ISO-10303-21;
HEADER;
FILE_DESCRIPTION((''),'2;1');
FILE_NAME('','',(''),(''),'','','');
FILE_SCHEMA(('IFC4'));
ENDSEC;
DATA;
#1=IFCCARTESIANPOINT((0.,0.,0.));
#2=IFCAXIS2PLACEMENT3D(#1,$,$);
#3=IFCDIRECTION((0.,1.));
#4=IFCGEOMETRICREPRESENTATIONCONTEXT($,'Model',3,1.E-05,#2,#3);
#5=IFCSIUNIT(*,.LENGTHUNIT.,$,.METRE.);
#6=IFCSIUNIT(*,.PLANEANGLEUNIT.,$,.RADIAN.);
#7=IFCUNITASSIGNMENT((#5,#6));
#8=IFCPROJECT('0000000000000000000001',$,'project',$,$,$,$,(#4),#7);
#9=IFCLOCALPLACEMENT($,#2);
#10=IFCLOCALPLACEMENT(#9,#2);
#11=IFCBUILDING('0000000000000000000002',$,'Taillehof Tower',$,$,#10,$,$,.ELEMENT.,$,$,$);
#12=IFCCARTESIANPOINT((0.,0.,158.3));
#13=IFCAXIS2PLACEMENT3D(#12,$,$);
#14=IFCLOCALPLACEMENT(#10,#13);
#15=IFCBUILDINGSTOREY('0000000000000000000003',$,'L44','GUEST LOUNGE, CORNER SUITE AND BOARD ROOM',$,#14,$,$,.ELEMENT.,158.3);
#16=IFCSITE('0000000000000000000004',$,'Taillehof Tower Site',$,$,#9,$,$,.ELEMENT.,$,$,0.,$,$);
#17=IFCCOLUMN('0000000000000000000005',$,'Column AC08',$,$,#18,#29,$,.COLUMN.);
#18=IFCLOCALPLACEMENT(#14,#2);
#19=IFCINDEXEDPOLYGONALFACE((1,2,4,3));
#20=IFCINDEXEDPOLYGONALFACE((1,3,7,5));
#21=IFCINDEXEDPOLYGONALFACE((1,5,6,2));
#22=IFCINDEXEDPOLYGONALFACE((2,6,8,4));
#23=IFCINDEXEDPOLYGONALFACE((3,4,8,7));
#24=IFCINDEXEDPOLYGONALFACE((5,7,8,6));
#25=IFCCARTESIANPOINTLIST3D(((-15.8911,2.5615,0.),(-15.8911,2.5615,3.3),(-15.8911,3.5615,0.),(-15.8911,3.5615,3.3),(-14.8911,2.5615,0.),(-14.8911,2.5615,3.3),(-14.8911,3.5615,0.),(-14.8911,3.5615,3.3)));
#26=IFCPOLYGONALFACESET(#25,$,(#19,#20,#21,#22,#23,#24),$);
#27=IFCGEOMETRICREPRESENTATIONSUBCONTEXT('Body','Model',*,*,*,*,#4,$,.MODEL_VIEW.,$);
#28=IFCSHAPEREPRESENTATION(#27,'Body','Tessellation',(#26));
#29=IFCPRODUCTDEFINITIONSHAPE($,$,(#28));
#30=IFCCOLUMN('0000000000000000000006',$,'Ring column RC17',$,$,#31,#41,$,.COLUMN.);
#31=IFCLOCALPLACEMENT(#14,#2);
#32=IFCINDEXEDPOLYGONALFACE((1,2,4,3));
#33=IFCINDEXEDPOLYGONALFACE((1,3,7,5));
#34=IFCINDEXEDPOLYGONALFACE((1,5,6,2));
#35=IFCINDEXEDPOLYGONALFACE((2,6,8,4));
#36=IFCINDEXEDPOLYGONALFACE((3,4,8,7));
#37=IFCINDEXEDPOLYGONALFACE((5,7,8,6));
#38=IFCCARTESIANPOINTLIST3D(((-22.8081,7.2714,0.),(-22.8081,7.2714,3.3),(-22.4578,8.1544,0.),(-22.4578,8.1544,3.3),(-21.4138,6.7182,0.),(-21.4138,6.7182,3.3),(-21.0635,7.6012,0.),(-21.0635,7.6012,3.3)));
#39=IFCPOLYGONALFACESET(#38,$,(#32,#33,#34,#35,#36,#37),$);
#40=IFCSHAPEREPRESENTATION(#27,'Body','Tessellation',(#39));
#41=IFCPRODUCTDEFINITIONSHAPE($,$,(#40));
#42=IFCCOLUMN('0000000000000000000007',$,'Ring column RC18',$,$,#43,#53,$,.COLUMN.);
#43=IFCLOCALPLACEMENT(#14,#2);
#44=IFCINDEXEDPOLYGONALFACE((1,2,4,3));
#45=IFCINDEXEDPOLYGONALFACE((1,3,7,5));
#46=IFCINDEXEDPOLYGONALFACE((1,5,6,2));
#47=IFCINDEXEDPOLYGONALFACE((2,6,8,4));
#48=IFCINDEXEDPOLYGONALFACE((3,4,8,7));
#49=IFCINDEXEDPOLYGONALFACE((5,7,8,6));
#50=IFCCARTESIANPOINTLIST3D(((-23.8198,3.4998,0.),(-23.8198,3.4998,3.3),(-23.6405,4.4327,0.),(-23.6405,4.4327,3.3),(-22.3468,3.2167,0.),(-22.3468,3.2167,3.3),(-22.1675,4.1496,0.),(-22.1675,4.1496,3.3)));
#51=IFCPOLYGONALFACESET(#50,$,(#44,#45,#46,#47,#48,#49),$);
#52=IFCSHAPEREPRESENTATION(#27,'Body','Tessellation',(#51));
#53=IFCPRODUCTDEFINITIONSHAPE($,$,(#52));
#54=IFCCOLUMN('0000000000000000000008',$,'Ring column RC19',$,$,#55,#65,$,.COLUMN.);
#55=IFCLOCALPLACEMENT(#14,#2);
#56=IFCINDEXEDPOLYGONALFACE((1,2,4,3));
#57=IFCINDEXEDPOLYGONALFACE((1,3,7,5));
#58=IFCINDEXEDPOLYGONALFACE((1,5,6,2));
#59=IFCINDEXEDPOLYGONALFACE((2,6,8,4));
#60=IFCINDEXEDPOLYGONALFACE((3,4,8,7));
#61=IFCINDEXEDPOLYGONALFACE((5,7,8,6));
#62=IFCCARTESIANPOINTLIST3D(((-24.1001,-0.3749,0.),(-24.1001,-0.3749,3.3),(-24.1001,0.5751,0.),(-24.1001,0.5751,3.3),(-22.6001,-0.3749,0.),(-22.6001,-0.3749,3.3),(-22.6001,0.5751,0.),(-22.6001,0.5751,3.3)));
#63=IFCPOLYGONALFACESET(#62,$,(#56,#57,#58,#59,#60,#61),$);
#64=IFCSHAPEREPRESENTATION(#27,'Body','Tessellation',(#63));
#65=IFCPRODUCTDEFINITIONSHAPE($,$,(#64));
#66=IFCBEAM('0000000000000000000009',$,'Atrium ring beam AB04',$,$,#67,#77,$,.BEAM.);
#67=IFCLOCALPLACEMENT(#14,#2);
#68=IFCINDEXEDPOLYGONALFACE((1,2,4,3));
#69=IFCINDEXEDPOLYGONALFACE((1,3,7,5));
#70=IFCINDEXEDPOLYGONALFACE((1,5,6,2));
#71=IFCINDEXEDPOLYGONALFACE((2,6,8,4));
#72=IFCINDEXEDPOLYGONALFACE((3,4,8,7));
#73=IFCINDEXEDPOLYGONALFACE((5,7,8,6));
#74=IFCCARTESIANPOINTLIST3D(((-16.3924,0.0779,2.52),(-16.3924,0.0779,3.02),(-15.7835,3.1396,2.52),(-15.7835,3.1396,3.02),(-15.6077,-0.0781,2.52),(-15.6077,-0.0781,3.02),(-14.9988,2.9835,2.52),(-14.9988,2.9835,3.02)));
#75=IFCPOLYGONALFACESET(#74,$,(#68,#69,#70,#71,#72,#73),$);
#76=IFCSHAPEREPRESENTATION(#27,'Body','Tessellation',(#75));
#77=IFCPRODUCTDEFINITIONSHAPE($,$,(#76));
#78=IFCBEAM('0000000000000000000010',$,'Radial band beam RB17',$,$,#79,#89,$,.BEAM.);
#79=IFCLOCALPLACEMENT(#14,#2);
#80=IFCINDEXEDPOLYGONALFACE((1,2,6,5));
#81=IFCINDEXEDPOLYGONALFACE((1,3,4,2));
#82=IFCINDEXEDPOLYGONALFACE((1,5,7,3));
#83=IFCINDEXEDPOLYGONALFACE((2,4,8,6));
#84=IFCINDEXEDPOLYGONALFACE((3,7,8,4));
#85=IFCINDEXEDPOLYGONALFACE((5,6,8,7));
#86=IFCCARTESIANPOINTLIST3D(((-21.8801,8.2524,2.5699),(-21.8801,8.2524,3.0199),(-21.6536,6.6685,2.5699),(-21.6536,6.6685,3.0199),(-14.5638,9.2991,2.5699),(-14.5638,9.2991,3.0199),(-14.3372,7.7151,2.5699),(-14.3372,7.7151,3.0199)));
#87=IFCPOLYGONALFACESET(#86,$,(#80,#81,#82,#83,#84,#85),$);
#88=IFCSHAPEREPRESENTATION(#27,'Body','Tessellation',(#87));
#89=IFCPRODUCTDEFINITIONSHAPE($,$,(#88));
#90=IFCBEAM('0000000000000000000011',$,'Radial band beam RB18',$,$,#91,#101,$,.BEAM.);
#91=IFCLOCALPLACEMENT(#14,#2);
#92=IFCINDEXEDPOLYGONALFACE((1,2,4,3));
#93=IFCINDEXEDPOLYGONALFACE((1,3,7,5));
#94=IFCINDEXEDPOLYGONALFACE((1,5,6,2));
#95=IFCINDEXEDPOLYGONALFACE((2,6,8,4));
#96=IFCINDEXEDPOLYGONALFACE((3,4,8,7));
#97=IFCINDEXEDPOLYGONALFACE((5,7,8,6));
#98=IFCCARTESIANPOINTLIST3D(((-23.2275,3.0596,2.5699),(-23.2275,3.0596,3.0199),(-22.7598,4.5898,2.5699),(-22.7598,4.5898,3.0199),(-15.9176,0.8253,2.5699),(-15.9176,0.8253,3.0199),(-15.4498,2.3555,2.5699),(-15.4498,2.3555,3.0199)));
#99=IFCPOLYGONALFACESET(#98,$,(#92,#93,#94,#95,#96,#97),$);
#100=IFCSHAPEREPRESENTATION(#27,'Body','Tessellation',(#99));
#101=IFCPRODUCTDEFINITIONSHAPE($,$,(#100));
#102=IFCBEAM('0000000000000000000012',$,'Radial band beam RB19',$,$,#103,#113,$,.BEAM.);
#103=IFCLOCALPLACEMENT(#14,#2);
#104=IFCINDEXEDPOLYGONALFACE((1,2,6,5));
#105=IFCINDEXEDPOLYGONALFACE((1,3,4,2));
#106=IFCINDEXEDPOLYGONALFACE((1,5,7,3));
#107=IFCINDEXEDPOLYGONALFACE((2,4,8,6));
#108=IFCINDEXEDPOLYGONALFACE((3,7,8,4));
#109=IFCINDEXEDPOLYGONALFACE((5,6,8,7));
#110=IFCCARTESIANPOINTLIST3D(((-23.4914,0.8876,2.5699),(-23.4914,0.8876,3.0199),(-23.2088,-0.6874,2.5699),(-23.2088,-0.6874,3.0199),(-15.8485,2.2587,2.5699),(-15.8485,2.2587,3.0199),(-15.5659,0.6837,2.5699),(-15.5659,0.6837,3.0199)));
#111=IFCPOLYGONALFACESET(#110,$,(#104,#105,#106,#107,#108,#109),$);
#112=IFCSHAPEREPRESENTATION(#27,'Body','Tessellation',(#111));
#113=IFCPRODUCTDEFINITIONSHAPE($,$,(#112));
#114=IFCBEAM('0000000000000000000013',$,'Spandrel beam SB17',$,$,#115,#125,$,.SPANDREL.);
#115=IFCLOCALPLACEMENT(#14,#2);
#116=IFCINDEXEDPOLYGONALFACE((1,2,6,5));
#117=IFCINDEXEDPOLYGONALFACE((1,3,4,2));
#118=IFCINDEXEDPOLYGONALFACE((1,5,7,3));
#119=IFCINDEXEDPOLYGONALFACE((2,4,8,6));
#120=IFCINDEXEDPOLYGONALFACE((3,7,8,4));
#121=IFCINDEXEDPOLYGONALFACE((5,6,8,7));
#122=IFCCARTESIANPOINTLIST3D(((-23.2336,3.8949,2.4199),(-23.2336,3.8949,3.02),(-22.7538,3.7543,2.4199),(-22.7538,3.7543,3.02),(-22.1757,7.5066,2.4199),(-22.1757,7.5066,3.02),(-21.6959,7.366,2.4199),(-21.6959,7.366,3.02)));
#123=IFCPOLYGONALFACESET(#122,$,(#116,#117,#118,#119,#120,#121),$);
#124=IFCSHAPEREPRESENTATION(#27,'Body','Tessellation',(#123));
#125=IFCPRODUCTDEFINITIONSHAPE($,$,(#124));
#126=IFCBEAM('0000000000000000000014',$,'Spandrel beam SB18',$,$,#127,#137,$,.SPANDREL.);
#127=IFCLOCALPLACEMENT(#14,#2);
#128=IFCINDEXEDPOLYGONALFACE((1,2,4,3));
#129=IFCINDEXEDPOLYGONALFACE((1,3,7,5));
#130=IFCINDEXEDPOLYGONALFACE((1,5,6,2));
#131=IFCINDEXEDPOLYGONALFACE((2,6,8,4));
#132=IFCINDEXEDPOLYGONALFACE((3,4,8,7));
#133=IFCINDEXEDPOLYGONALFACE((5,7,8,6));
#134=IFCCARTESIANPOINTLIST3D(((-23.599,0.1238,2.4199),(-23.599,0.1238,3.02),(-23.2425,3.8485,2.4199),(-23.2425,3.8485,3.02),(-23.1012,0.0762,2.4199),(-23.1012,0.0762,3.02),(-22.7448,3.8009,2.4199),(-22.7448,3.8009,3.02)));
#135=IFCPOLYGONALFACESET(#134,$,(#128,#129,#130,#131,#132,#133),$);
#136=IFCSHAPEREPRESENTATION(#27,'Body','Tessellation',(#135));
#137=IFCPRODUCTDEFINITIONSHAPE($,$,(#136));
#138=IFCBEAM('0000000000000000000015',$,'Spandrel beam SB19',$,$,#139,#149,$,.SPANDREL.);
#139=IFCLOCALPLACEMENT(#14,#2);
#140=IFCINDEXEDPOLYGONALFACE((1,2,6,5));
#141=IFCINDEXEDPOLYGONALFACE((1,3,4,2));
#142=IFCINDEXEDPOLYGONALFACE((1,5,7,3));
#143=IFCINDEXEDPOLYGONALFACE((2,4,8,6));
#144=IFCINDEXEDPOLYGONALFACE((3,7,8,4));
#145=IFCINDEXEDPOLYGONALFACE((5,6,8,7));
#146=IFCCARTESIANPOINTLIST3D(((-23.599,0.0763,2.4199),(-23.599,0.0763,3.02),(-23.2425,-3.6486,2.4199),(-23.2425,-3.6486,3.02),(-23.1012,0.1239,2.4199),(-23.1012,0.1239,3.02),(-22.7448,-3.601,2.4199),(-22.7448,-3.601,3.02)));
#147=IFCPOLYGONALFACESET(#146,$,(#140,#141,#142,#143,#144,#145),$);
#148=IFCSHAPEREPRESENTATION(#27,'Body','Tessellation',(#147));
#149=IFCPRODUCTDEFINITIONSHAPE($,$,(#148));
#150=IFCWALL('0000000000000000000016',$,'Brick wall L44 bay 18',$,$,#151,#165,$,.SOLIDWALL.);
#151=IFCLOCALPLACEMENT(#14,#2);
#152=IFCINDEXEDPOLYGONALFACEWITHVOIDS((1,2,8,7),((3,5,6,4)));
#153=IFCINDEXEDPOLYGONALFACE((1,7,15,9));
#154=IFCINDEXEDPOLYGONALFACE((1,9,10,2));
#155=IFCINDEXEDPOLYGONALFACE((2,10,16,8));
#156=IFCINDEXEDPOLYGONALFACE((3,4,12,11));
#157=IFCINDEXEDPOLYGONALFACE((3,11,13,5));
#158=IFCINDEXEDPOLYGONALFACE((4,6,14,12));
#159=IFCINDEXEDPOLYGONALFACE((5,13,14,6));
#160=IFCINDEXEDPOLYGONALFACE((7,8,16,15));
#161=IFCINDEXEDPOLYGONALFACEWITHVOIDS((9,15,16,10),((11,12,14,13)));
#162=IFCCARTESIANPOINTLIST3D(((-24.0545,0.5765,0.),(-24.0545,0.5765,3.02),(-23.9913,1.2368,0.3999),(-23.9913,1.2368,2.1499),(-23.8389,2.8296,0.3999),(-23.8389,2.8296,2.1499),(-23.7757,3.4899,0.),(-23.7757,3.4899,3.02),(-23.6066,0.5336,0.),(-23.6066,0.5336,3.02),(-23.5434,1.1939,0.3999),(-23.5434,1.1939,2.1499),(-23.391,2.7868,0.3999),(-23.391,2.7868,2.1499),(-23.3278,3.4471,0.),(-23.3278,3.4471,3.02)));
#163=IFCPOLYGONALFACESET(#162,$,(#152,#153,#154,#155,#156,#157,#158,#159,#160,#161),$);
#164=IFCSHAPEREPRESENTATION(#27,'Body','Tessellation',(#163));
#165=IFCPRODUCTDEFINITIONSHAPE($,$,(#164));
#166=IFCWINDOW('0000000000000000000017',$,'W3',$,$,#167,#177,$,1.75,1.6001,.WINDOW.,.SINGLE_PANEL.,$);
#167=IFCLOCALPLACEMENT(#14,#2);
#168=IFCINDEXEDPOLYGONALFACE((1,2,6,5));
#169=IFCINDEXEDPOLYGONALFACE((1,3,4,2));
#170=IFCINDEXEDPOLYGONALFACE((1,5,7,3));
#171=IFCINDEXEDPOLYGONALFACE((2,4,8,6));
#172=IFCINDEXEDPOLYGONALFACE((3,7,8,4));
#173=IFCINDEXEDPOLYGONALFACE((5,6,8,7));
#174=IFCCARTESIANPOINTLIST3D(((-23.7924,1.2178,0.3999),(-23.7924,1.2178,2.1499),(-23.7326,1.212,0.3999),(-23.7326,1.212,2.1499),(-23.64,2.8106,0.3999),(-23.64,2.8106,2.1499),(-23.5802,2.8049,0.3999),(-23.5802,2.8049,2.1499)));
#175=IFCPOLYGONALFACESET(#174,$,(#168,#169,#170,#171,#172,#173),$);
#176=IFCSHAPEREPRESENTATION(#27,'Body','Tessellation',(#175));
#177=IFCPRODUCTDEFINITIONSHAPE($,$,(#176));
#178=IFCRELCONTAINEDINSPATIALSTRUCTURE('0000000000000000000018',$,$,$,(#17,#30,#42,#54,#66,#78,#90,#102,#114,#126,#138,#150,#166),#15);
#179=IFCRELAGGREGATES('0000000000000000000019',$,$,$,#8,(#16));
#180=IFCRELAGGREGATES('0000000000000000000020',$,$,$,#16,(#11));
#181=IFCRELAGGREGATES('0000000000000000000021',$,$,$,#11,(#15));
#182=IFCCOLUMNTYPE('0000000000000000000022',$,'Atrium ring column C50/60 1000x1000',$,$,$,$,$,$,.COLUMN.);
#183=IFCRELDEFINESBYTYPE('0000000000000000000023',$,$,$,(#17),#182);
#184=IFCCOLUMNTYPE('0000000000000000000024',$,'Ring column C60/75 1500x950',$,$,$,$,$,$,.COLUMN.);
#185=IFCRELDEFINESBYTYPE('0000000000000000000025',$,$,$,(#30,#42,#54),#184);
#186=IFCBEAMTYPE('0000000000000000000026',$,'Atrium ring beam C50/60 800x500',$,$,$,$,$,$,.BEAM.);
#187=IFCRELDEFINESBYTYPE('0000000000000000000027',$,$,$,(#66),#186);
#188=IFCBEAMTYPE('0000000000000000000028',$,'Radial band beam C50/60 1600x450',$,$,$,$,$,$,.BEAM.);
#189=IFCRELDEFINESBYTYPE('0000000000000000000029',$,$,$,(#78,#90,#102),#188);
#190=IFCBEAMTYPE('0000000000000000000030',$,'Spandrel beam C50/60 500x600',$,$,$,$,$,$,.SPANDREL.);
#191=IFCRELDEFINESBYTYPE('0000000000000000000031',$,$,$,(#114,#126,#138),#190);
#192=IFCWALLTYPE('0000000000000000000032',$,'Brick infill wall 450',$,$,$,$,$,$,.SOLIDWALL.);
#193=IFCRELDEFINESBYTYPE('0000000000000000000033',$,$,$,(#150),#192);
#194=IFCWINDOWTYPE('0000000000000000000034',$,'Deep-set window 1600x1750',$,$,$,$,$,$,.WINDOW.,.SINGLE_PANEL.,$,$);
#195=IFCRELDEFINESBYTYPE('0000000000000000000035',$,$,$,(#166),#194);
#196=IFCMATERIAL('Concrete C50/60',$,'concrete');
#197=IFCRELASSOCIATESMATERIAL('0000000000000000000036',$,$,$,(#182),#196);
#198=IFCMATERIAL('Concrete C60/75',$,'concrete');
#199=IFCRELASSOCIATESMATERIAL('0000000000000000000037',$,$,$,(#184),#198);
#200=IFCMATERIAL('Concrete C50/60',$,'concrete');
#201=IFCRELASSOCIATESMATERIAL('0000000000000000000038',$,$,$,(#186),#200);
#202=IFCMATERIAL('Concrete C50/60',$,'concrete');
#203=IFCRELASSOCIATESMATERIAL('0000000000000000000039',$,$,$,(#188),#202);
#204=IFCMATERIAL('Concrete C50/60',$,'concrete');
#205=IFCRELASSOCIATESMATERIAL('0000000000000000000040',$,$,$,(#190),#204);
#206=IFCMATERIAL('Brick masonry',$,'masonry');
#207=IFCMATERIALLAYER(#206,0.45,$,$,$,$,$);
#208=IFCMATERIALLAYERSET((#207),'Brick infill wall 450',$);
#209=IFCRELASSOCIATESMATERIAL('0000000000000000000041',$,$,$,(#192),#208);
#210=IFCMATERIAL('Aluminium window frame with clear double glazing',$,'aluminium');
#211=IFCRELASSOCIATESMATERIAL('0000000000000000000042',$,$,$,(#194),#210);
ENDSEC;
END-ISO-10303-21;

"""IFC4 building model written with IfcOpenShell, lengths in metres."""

from ifc_helpers import new_model, si_unit, direction, frame, frame_2d, origin, origin_2d, place, context, subcontext, project, spatial, rectangle, extrude, material, layer, layer_set, material_profile, profile_set, type_object, element, fill, save


model = new_model("IFC4")

# Units and contexts
model_context = context("Model", 3, precision=1e-05, world=origin(), true_north=direction((0.0, 1.0)))
body_context = subcontext(model_context, "Body", "Model", "MODEL_VIEW")
ifc_project = project(units=[si_unit("LENGTHUNIT", "METRE"), si_unit("PLANEANGLEUNIT", "RADIAN")], contexts=[model_context])

# Site, building, storey
site_placement = place(None, origin())
site = spatial("IfcSite", under=ifc_project, at=site_placement, Name="Taillehof Tower Site", CompositionType="ELEMENT", RefElevation=0.0)
building_placement = place(site_placement, origin())
building = spatial("IfcBuilding", under=site, at=building_placement, Name="Taillehof Tower", CompositionType="ELEMENT")
storey_placement = place(building_placement, frame((0.0, 0.0, 158.3)))
storey = spatial("IfcBuildingStorey", under=building, at=storey_placement, Name="L44", Description="GUEST LOUNGE, CORNER SUITE AND BOARD ROOM", CompositionType="ELEMENT", Elevation=158.3)

# Columns
ifc_material_1 = material(Name="Concrete C50/60", Category="concrete")
ifc_material_profile_1 = material_profile(ifc_material_1, rectangle(XDim=1.0, YDim=1.0, at=origin_2d()), Name="RC 1000x1000")
ifc_profile_set_1 = profile_set([ifc_material_profile_1], Name="Concrete C50/60")
column_type_1 = type_object("IfcColumnType", Name="Atrium ring column C50/60 1000x1000", PredefinedType="COLUMN", material=ifc_profile_set_1)
column_placement = place(storey_placement, frame((-15.3911, 3.0615, 0.0), z_axis=(0.0, 0.0, 1.0), x_axis=(1.0, 0.0, 0.0)))
element("IfcColumn", 1, at=column_placement, inside=storey, type_object=column_type_1, Name="Column AC08", PredefinedType="COLUMN", context=body_context, shape_type="SweptSolid", body=[
    extrude(rectangle(XDim=1.0, YDim=1.0, at=origin_2d()), origin(), (0.0, 0.0, 1.0), 3.3),
])
ifc_material_2 = material(Name="Concrete C60/75", Category="concrete")
ifc_material_profile_2 = material_profile(ifc_material_2, rectangle(XDim=1.5, YDim=0.95, at=origin_2d()), Name="RC 1500x950")
ifc_profile_set_2 = profile_set([ifc_material_profile_2], Name="Concrete C60/75")
column_type_2 = type_object("IfcColumnType", Name="Ring column C60/75 1500x950", PredefinedType="COLUMN", material=ifc_profile_set_2)
for number, where, z_axis, x_axis, name in (
    (2, (-21.9358, 7.4363, 0.0), (0.0, 0.0, 1.0), (-0.929511, 0.368793, 0.0), "Ring column RC17"),
    (3, (-22.9937, 3.8247, 0.0), (0.0, 0.0, 1.0), (-0.982024, 0.188757, 0.0), "Ring column RC18"),
    (4, (-23.3501, 0.1001, 0.0), (0.0, 0.0, 1.0), (-1.0, 0.0, 0.0), "Ring column RC19"),
):
    element("IfcColumn", number, at=place(storey_placement, frame(where, z_axis=z_axis, x_axis=x_axis)), inside=storey, type_object=column_type_2, Name=name, PredefinedType="COLUMN", context=body_context, shape_type="SweptSolid", body=[
        extrude(rectangle(XDim=1.5, YDim=0.95, at=origin_2d()), origin(), (0.0, 0.0, 1.0), 3.3),
    ])

# Beams
ifc_material_3 = material(Name="Concrete C50/60", Category="concrete")
ifc_material_profile_3 = material_profile(ifc_material_3, rectangle(XDim=0.8, YDim=0.5, at=origin_2d()), Name="RC 800x500")
ifc_profile_set_3 = profile_set([ifc_material_profile_3], Name="Concrete C50/60")
beam_type_1 = type_object("IfcBeamType", Name="Atrium ring beam C50/60 800x500", PredefinedType="BEAM", material=ifc_profile_set_3)
beam_1_placement = place(storey_placement, frame((-15.3911, 3.0615, 2.77), z_axis=(-0.195063, -0.980791, 0.0), x_axis=(0.980791, -0.195063, 0.0)))
element("IfcBeam", 5, at=beam_1_placement, inside=storey, type_object=beam_type_1, Name="Atrium ring beam AB04", PredefinedType="BEAM", context=body_context, shape_type="SweptSolid", body=[
    extrude(rectangle(XDim=0.8, YDim=0.5, at=origin_2d()), origin(), (0.0, 0.0, 1.0), 3.1216),
])
ifc_material_4 = material(Name="Concrete C50/60", Category="concrete")
ifc_material_profile_4 = material_profile(ifc_material_4, rectangle(XDim=1.6001, YDim=0.45, at=origin_2d()), Name="RC 1600x450")
ifc_profile_set_4 = profile_set([ifc_material_profile_4], Name="Concrete C50/60")
beam_type_2 = type_object("IfcBeamType", Name="Radial band beam C50/60 1600x450", PredefinedType="BEAM", material=ifc_profile_set_4)
beam_2_placement = place(storey_placement, frame((-21.7668, 7.4604, 2.7949), z_axis=(0.989922, 0.141611, 0.0), x_axis=(-0.141611, 0.989922, 0.0)))
element("IfcBeam", 6, at=beam_2_placement, inside=storey, type_object=beam_type_2, Name="Radial band beam RB17", PredefinedType="BEAM", context=body_context, shape_type="SweptSolid", body=[
    extrude(rectangle(XDim=1.6001, YDim=0.45, at=origin_2d()), origin(), (0.0, 0.0, 1.0), 7.3909),
])
beam_3_placement = place(storey_placement, frame((-22.9937, 3.8247, 2.7949), z_axis=(0.956324, -0.292308, 0.0), x_axis=(0.292308, 0.956324, 0.0)))
element("IfcBeam", 7, at=beam_3_placement, inside=storey, type_object=beam_type_2, Name="Radial band beam RB18", PredefinedType="BEAM", context=body_context, shape_type="SweptSolid", body=[
    extrude(rectangle(XDim=1.6001, YDim=0.45, at=origin_2d()), origin(), (0.0, 0.0, 1.0), 7.6438),
])
beam_4_placement = place(storey_placement, frame((-23.3501, 0.1001, 2.7949), z_axis=(0.984287, 0.176577, 0.0), x_axis=(-0.176577, 0.984287, 0.0)))
element("IfcBeam", 8, at=beam_4_placement, inside=storey, type_object=beam_type_2, Name="Radial band beam RB19", PredefinedType="BEAM", context=body_context, shape_type="SweptSolid", body=[
    extrude(rectangle(XDim=1.6001, YDim=0.45, at=origin_2d()), origin(), (0.0, 0.0, 1.0), 7.7649),
])
ifc_material_5 = material(Name="Concrete C50/60", Category="concrete")
ifc_material_profile_5 = material_profile(ifc_material_5, rectangle(XDim=0.5, YDim=0.6001, at=origin_2d()), Name="RC 500x600")
ifc_profile_set_5 = profile_set([ifc_material_profile_5], Name="Concrete C50/60")
beam_type_3 = type_object("IfcBeamType", Name="Spandrel beam C50/60 500x600", PredefinedType="SPANDREL", material=ifc_profile_set_5)
beam_5_placement = place(storey_placement, frame((-21.9358, 7.4363, 2.72), z_axis=(-0.281098, -0.959679, 0.0), x_axis=(0.959679, -0.281098, 0.0)))
element("IfcBeam", 9, at=beam_5_placement, inside=storey, type_object=beam_type_3, Name="Spandrel beam SB17", PredefinedType="SPANDREL", context=body_context, shape_type="SweptSolid", body=[
    extrude(rectangle(XDim=0.5, YDim=0.6001, at=origin_2d()), origin(), (0.0, 0.0, 1.0), 3.7634),
])
beam_6_placement = place(storey_placement, frame((-22.9937, 3.8247, 2.72), z_axis=(-0.095265, -0.995452, 0.0), x_axis=(0.995452, -0.095265, 0.0)))
element("IfcBeam", 10, at=beam_6_placement, inside=storey, type_object=beam_type_3, Name="Spandrel beam SB18", PredefinedType="SPANDREL", context=body_context, shape_type="SweptSolid", body=[
    extrude(rectangle(XDim=0.5, YDim=0.6001, at=origin_2d()), origin(), (0.0, 0.0, 1.0), 3.7417),
])
beam_7_placement = place(storey_placement, frame((-23.3501, 0.1001, 2.72), z_axis=(0.095259, -0.995453, 0.0), x_axis=(0.995453, 0.095259, 0.0)))
element("IfcBeam", 11, at=beam_7_placement, inside=storey, type_object=beam_type_3, Name="Spandrel beam SB19", PredefinedType="SPANDREL", context=body_context, shape_type="SweptSolid", body=[
    extrude(rectangle(XDim=0.5, YDim=0.6001, at=origin_2d()), origin(), (0.0, 0.0, 1.0), 3.7419),
])

# Wall, opening, window
ifc_material_6 = material(Name="Brick masonry", Category="masonry")
ifc_layer_1 = layer(ifc_material_6, 0.45)
ifc_layer_set_1 = layer_set([ifc_layer_1], Name="Brick infill wall 450")
wall_type_1 = type_object("IfcWallType", Name="Brick infill wall 450", PredefinedType="SOLIDWALL", material=ifc_layer_set_1)
wall_1_placement = place(storey_placement, frame((-23.5518, 3.4685, 0.0), z_axis=(0.0, 0.0, 1.0), x_axis=(-0.095266, -0.995452, 0.0)))
wall_1 = element("IfcWall", 12, at=wall_1_placement, inside=storey, type_object=wall_type_1, Name="Brick wall L44 bay 18", PredefinedType="SOLIDWALL", context=body_context, shape_type="SweptSolid", body=[
    extrude(rectangle(XDim=2.9268, YDim=0.45, at=frame_2d((1.4634, 0.0))), origin(), (0.0, 0.0, 1.0), 3.02),
])
opening_1_placement = place(wall_1_placement, frame((0.6633, 0.0, 0.3999)))
opening_1 = element("IfcOpeningElement", 13, at=opening_1_placement, cuts=wall_1, PredefinedType="OPENING", context=body_context, shape_type="SweptSolid", body=[
    extrude(rectangle(XDim=1.6001, YDim=1.75, at=frame_2d((0.8, 0.875))), frame((0.0, 0.2349, 0.0), z_axis=(0.0, -1.0, 0.0), x_axis=(1.0, 0.0, 0.0)), (0.0, 0.0, 1.0), 0.47),
])
ifc_material_7 = material(Name="Aluminium window frame with clear double glazing", Category="aluminium")
window_type_1 = type_object("IfcWindowType", Name="Deep-set window 1600x1750", PartitioningType="SINGLE_PANEL", PredefinedType="WINDOW", material=ifc_material_7)
window_1_placement = place(opening_1_placement, origin())
window_1 = element("IfcWindow", 14, at=window_1_placement, inside=storey, type_object=window_type_1, Name="W3", OverallHeight=1.75, OverallWidth=1.6001, PartitioningType="SINGLE_PANEL", PredefinedType="WINDOW", context=body_context, shape_type="SweptSolid", body=[
    extrude(rectangle(XDim=1.6001, YDim=1.75, at=frame_2d((0.8, 0.875))), frame((0.0, 0.0349, 0.0), z_axis=(0.0, -1.0, 0.0), x_axis=(1.0, 0.0, 0.0)), (0.0, 0.0, 1.0), 0.0601),
])
fill(opening_1, window_1)

save(model, "model.ifc")
